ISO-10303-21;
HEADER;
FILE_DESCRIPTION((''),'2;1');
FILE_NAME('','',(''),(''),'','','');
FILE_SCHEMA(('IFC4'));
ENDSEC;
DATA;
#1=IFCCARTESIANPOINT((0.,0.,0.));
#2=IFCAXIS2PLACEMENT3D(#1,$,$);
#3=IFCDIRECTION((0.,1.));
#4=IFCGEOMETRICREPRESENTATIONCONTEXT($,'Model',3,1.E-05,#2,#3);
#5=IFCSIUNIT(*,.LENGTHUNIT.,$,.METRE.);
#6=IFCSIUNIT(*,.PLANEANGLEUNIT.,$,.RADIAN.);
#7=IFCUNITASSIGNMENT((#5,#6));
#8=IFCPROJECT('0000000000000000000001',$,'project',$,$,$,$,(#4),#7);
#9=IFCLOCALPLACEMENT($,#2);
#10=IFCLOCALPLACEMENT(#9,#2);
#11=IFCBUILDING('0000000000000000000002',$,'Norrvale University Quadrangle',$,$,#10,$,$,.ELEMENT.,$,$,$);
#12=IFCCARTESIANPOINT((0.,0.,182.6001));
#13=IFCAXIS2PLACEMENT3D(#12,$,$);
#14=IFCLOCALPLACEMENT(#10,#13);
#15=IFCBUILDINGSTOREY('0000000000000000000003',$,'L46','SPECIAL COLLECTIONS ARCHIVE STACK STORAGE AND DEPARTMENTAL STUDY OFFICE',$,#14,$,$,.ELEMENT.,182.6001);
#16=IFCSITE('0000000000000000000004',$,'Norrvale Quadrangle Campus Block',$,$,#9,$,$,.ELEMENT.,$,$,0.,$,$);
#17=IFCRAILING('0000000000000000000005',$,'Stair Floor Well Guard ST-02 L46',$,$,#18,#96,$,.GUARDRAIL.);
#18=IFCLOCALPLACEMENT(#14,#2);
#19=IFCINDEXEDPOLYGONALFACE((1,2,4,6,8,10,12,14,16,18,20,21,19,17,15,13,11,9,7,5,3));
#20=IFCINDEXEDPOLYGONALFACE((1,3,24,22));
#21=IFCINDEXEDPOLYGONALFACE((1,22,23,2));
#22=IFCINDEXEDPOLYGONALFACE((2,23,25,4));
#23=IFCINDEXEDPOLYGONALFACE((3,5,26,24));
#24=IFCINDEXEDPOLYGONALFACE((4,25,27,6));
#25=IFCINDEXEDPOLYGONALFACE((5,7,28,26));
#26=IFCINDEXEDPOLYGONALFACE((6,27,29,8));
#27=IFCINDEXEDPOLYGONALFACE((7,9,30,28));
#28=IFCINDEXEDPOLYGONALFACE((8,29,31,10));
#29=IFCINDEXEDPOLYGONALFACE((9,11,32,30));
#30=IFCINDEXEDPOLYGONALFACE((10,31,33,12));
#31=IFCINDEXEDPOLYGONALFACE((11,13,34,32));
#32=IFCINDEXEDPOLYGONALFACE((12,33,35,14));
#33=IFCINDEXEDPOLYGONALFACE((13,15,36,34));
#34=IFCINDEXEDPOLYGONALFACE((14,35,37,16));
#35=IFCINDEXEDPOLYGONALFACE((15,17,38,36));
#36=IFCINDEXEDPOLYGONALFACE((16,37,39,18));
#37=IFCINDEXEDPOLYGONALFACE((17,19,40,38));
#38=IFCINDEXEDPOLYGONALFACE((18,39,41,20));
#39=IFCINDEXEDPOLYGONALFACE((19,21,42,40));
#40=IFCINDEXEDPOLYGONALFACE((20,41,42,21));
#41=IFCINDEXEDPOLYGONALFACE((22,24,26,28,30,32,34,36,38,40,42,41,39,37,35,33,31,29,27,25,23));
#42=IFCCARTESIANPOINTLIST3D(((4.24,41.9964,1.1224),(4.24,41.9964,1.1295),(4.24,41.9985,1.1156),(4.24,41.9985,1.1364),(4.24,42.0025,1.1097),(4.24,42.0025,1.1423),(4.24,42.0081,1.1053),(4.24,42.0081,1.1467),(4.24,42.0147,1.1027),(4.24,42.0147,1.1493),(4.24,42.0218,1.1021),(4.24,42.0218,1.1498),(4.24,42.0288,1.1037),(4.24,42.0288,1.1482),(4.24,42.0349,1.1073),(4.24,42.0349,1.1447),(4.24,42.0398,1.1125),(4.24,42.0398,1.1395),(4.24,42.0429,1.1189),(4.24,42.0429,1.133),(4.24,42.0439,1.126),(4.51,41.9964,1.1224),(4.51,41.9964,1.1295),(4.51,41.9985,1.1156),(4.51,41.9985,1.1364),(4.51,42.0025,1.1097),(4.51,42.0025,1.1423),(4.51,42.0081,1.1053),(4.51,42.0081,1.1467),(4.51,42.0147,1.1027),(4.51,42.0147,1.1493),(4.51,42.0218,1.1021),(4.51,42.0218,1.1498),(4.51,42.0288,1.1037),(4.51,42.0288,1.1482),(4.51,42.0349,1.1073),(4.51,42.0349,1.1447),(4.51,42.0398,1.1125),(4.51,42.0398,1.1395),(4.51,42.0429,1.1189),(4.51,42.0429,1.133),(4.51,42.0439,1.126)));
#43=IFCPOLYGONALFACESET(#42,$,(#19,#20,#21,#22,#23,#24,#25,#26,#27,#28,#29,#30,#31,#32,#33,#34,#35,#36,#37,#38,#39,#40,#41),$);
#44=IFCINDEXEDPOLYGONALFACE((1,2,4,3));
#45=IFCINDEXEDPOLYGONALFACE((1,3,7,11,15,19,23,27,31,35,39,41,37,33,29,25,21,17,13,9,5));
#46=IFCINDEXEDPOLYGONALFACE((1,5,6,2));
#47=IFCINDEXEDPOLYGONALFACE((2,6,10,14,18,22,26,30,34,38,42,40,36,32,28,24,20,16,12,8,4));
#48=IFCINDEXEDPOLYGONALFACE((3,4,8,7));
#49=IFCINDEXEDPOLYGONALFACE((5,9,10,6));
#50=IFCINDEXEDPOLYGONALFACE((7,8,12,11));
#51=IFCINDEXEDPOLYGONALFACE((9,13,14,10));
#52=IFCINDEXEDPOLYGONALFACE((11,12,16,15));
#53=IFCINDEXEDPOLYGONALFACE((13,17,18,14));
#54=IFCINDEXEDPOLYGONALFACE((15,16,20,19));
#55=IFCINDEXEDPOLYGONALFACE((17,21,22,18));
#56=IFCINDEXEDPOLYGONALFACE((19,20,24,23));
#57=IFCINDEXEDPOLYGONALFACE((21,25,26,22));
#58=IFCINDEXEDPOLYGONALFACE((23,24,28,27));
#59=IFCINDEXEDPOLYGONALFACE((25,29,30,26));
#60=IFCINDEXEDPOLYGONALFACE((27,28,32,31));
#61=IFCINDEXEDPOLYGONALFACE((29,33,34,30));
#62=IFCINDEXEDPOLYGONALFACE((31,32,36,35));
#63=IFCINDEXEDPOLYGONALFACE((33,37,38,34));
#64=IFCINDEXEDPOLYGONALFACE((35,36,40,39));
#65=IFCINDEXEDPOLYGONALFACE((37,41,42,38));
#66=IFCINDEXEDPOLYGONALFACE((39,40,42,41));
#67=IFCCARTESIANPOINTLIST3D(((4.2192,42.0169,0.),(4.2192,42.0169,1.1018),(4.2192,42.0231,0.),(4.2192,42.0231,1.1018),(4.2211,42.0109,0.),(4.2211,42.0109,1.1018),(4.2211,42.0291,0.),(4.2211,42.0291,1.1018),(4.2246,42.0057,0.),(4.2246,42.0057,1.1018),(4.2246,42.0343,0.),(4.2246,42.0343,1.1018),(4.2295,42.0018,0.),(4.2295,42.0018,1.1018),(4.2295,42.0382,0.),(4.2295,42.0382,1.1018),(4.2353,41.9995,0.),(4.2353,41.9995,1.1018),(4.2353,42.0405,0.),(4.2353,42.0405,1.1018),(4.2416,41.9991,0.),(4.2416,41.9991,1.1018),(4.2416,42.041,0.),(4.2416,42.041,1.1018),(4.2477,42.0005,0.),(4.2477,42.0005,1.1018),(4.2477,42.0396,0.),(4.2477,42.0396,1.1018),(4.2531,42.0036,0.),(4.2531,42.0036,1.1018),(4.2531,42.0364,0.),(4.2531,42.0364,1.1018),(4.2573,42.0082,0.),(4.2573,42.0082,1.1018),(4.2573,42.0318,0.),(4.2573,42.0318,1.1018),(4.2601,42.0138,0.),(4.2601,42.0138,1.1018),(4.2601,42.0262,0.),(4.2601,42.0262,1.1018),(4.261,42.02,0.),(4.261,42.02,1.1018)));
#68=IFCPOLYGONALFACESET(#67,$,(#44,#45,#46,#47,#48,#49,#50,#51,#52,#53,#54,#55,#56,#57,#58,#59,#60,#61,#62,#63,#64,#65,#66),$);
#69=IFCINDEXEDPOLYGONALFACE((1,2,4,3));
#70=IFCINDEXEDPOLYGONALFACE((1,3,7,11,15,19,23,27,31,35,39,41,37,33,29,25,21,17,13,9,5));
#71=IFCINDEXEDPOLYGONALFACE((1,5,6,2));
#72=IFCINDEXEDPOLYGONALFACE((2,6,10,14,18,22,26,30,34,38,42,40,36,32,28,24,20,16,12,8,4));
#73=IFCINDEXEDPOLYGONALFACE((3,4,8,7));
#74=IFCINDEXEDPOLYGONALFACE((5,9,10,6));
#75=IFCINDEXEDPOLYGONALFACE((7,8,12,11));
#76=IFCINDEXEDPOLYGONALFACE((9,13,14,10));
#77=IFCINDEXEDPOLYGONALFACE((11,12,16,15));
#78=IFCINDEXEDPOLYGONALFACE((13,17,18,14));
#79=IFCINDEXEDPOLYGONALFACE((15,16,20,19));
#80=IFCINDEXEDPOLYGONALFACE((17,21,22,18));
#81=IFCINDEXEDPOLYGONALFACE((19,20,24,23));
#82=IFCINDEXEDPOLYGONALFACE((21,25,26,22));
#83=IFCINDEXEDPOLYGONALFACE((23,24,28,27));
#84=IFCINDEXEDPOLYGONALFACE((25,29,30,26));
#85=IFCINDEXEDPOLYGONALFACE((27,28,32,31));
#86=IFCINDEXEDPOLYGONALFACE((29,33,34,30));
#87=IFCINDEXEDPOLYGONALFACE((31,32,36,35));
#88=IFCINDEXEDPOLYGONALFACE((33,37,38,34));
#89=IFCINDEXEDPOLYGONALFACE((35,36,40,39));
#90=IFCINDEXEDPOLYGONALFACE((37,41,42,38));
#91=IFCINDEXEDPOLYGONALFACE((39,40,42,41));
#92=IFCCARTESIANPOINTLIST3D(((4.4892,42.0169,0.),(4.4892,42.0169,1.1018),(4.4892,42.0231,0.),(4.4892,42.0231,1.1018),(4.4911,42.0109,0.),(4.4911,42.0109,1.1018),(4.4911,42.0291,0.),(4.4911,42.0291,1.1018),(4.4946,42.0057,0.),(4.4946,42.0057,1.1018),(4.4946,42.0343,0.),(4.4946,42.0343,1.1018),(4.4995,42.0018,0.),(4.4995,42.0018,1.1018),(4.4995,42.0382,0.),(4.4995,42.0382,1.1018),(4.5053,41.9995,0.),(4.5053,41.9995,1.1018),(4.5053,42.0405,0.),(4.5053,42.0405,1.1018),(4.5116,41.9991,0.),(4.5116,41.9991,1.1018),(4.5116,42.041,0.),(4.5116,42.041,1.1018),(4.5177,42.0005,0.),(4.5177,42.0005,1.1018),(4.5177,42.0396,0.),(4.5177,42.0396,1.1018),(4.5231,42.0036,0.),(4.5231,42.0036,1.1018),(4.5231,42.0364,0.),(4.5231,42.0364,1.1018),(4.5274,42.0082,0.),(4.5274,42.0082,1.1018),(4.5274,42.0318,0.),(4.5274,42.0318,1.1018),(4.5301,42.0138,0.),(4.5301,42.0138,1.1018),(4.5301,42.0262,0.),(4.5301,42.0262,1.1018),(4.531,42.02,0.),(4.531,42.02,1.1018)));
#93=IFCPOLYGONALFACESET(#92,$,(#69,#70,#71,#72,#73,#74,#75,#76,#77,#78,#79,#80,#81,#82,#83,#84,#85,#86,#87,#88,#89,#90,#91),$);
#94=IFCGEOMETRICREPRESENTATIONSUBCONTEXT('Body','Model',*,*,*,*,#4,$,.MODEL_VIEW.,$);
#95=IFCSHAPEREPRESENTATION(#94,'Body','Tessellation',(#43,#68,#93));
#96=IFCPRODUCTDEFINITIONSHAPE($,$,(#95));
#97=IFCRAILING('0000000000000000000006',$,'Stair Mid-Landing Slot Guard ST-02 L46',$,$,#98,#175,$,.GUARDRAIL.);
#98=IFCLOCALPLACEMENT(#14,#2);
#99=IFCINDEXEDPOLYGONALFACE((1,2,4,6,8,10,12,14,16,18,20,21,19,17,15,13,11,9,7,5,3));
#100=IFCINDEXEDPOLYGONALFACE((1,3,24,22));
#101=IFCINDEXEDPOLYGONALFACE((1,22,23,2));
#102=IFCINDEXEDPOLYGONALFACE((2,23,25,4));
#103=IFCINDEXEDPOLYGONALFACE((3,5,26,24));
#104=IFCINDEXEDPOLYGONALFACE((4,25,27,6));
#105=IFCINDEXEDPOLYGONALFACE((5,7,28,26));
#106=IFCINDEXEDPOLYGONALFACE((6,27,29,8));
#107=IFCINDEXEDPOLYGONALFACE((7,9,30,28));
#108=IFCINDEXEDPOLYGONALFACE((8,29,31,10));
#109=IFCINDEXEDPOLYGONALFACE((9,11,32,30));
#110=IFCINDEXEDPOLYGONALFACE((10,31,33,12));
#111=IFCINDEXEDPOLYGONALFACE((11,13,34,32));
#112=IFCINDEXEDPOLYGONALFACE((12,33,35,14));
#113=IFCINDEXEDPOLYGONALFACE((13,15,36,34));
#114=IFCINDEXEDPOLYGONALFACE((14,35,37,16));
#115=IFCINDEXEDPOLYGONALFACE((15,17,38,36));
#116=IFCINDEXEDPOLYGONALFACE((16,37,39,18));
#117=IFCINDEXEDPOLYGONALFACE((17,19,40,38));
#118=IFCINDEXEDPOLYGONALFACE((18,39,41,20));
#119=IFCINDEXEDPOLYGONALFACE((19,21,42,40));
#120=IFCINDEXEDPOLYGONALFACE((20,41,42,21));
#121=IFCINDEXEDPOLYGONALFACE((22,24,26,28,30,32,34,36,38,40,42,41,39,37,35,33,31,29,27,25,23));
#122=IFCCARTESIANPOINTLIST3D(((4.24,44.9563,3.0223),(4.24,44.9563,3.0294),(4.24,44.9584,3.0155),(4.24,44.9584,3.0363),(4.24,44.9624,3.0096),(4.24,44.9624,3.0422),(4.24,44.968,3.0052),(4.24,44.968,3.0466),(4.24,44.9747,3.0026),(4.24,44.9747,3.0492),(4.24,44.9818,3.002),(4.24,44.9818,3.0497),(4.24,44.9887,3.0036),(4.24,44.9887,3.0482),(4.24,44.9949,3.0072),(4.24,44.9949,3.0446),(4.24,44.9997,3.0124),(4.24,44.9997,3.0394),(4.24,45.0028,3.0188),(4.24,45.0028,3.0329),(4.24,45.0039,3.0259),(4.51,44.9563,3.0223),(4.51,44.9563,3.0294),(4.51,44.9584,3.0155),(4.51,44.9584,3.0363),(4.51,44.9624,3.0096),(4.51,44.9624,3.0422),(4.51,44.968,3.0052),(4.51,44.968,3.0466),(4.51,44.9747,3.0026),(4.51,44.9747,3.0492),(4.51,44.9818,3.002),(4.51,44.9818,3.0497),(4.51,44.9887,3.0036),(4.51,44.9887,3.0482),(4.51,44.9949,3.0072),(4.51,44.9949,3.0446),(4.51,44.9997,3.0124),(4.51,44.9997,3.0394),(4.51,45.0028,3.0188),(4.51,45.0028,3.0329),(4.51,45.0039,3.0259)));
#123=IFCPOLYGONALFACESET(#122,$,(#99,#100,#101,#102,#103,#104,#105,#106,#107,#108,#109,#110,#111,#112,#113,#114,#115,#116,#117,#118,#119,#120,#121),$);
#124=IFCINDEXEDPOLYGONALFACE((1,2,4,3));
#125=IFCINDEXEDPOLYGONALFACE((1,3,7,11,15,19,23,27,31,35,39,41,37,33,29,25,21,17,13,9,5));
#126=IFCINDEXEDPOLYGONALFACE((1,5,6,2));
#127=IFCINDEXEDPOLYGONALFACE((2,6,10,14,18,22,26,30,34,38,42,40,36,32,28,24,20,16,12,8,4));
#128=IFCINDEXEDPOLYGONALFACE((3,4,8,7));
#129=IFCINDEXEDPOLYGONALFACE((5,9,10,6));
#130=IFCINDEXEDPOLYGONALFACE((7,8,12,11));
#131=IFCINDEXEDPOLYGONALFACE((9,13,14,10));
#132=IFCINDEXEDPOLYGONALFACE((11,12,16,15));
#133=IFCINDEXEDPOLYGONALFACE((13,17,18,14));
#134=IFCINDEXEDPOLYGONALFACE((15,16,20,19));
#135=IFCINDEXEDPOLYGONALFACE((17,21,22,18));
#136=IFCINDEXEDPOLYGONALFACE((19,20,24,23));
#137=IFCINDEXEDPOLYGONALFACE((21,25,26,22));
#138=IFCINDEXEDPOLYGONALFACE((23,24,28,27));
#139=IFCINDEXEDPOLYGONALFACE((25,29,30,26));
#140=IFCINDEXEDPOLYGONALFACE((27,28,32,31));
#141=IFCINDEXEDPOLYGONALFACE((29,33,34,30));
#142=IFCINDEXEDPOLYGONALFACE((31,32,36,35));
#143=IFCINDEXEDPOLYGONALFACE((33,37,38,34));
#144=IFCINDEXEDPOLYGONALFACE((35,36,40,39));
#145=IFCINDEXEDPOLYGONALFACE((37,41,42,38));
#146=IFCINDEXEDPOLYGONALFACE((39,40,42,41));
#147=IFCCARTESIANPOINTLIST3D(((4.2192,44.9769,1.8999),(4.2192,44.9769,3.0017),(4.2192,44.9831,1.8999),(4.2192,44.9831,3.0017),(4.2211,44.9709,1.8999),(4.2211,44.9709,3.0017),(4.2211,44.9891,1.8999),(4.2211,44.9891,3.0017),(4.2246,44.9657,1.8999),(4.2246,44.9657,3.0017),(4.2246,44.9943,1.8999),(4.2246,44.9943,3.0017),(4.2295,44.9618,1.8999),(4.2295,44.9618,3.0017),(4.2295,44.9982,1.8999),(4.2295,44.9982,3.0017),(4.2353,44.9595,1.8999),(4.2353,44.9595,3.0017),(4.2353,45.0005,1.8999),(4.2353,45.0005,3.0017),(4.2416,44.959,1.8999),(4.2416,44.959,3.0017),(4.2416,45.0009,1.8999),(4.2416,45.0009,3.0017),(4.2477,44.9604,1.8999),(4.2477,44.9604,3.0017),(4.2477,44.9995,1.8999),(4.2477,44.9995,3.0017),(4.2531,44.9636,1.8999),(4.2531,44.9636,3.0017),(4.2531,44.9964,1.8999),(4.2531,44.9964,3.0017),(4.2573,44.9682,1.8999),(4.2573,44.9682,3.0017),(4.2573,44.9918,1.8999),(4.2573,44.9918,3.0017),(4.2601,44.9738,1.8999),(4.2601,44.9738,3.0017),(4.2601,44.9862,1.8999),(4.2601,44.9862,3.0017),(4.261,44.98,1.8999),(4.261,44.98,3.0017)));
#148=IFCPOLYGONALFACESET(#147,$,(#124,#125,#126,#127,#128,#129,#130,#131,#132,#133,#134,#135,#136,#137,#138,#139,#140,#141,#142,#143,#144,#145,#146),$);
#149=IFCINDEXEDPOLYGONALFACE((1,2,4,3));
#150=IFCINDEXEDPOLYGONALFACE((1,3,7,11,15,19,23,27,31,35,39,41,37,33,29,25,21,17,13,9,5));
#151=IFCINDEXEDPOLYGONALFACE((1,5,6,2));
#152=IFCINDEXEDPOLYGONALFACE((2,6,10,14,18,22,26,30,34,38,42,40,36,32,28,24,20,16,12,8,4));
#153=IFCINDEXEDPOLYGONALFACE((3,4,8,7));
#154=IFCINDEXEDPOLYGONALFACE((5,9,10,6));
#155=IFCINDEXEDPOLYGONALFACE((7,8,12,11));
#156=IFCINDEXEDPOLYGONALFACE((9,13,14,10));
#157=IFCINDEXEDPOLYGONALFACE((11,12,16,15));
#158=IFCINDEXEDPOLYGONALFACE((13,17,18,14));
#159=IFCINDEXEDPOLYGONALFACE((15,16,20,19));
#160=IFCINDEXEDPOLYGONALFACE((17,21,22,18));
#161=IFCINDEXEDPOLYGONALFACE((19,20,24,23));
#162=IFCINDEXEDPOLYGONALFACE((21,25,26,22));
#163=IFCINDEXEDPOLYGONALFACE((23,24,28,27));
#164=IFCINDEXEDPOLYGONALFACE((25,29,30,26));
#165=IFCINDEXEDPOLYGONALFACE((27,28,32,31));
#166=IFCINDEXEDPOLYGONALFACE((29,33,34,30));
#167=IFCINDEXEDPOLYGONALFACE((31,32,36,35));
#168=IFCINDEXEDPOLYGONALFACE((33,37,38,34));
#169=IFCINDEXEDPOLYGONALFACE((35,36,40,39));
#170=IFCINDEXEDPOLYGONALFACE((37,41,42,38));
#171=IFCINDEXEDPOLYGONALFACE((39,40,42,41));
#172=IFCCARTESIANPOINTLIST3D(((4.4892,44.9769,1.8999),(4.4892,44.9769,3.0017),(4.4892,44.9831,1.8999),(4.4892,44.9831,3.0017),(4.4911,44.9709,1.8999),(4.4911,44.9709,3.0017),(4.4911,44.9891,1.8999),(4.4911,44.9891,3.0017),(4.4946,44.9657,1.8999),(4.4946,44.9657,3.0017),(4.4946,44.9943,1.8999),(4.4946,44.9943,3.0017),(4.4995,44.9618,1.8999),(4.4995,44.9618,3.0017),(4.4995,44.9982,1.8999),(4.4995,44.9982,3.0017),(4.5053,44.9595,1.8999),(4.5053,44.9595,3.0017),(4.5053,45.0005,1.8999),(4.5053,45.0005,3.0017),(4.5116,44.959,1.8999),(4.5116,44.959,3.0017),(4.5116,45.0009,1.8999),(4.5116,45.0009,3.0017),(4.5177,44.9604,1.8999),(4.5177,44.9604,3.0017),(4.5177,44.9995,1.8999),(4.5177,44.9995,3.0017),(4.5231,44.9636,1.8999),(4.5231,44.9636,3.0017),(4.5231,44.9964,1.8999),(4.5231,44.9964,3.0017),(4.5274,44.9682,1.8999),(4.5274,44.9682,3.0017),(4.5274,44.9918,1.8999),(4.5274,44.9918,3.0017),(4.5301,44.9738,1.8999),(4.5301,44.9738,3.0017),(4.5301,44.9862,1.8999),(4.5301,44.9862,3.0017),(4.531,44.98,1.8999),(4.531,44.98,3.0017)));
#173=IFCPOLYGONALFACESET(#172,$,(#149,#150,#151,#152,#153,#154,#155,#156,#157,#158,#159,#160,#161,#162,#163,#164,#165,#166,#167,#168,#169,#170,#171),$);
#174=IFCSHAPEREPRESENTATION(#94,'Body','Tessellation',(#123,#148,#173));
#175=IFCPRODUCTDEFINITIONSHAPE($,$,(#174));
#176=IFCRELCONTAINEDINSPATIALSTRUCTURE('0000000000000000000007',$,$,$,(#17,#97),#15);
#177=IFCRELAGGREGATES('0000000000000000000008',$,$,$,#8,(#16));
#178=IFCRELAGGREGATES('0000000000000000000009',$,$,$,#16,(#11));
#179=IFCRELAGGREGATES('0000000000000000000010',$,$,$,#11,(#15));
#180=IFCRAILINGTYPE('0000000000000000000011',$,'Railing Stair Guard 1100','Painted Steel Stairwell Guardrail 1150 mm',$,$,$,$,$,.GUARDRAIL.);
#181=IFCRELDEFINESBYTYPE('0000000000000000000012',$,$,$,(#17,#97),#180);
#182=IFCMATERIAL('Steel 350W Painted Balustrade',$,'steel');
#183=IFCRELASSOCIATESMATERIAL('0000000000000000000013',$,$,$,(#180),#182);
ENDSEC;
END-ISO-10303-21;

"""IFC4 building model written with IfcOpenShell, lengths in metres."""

from ifc_helpers import new_model, si_unit, direction, frame, origin, origin_2d, place, context, subcontext, project, spatial, circle, extrude, material, type_object, element, save


model = new_model("IFC4")

# Units and contexts
model_context = context("Model", 3, precision=1e-05, world=origin(), true_north=direction((0.0, 1.0)))
body_context = subcontext(model_context, "Body", "Model", "MODEL_VIEW")
ifc_project = project(units=[si_unit("LENGTHUNIT", "METRE"), si_unit("PLANEANGLEUNIT", "RADIAN")], contexts=[model_context])

# Site, building, storey
site_placement = place(None, origin())
site = spatial("IfcSite", under=ifc_project, at=site_placement, Name="Norrvale Quadrangle Campus Block", CompositionType="ELEMENT", RefElevation=0.0)
building_placement = place(site_placement, origin())
building = spatial("IfcBuilding", under=site, at=building_placement, Name="Norrvale University Quadrangle", CompositionType="ELEMENT")
storey_placement = place(building_placement, frame((0.0, 0.0, 182.6001)))
storey = spatial("IfcBuildingStorey", under=building, at=storey_placement, Name="L46", Description="SPECIAL COLLECTIONS ARCHIVE STACK STORAGE AND DEPARTMENTAL STUDY OFFICE", CompositionType="ELEMENT", Elevation=182.6001)

# Railings
ifc_material_1 = material(Name="Steel 350W Painted Balustrade", Category="steel")
railing_type_1 = type_object("IfcRailingType", Name="Railing Stair Guard 1100", Description="Painted Steel Stairwell Guardrail 1150 mm", PredefinedType="GUARDRAIL", material=ifc_material_1)
for number, where, name in (
    (1, (4.24, 42.02, 0.0), "Stair Floor Well Guard ST-02 L46"),
    (2, (4.24, 44.98, 1.8999), "Stair Mid-Landing Slot Guard ST-02 L46"),
):
    element("IfcRailing", number, at=place(storey_placement, frame(where)), inside=storey, type_object=railing_type_1, Name=name, PredefinedType="GUARDRAIL", context=body_context, shape_type="SweptSolid", body=[
        extrude(circle(Radius=0.0239, at=origin_2d()), frame((0.0, 0.0, 1.126), z_axis=(1.0, 0.0, 0.0), x_axis=(0.0, 1.0, 0.0)), (0.0, 0.0, 1.0), 0.27),
        extrude(circle(Radius=0.021, at=origin_2d()), origin(), (0.0, 0.0, 1.0), 1.1018),
        extrude(circle(Radius=0.021, at=origin_2d()), frame((0.27, 0.0, 0.0)), (0.0, 0.0, 1.0), 1.1018),
    ])

save(model, "model.ifc")
